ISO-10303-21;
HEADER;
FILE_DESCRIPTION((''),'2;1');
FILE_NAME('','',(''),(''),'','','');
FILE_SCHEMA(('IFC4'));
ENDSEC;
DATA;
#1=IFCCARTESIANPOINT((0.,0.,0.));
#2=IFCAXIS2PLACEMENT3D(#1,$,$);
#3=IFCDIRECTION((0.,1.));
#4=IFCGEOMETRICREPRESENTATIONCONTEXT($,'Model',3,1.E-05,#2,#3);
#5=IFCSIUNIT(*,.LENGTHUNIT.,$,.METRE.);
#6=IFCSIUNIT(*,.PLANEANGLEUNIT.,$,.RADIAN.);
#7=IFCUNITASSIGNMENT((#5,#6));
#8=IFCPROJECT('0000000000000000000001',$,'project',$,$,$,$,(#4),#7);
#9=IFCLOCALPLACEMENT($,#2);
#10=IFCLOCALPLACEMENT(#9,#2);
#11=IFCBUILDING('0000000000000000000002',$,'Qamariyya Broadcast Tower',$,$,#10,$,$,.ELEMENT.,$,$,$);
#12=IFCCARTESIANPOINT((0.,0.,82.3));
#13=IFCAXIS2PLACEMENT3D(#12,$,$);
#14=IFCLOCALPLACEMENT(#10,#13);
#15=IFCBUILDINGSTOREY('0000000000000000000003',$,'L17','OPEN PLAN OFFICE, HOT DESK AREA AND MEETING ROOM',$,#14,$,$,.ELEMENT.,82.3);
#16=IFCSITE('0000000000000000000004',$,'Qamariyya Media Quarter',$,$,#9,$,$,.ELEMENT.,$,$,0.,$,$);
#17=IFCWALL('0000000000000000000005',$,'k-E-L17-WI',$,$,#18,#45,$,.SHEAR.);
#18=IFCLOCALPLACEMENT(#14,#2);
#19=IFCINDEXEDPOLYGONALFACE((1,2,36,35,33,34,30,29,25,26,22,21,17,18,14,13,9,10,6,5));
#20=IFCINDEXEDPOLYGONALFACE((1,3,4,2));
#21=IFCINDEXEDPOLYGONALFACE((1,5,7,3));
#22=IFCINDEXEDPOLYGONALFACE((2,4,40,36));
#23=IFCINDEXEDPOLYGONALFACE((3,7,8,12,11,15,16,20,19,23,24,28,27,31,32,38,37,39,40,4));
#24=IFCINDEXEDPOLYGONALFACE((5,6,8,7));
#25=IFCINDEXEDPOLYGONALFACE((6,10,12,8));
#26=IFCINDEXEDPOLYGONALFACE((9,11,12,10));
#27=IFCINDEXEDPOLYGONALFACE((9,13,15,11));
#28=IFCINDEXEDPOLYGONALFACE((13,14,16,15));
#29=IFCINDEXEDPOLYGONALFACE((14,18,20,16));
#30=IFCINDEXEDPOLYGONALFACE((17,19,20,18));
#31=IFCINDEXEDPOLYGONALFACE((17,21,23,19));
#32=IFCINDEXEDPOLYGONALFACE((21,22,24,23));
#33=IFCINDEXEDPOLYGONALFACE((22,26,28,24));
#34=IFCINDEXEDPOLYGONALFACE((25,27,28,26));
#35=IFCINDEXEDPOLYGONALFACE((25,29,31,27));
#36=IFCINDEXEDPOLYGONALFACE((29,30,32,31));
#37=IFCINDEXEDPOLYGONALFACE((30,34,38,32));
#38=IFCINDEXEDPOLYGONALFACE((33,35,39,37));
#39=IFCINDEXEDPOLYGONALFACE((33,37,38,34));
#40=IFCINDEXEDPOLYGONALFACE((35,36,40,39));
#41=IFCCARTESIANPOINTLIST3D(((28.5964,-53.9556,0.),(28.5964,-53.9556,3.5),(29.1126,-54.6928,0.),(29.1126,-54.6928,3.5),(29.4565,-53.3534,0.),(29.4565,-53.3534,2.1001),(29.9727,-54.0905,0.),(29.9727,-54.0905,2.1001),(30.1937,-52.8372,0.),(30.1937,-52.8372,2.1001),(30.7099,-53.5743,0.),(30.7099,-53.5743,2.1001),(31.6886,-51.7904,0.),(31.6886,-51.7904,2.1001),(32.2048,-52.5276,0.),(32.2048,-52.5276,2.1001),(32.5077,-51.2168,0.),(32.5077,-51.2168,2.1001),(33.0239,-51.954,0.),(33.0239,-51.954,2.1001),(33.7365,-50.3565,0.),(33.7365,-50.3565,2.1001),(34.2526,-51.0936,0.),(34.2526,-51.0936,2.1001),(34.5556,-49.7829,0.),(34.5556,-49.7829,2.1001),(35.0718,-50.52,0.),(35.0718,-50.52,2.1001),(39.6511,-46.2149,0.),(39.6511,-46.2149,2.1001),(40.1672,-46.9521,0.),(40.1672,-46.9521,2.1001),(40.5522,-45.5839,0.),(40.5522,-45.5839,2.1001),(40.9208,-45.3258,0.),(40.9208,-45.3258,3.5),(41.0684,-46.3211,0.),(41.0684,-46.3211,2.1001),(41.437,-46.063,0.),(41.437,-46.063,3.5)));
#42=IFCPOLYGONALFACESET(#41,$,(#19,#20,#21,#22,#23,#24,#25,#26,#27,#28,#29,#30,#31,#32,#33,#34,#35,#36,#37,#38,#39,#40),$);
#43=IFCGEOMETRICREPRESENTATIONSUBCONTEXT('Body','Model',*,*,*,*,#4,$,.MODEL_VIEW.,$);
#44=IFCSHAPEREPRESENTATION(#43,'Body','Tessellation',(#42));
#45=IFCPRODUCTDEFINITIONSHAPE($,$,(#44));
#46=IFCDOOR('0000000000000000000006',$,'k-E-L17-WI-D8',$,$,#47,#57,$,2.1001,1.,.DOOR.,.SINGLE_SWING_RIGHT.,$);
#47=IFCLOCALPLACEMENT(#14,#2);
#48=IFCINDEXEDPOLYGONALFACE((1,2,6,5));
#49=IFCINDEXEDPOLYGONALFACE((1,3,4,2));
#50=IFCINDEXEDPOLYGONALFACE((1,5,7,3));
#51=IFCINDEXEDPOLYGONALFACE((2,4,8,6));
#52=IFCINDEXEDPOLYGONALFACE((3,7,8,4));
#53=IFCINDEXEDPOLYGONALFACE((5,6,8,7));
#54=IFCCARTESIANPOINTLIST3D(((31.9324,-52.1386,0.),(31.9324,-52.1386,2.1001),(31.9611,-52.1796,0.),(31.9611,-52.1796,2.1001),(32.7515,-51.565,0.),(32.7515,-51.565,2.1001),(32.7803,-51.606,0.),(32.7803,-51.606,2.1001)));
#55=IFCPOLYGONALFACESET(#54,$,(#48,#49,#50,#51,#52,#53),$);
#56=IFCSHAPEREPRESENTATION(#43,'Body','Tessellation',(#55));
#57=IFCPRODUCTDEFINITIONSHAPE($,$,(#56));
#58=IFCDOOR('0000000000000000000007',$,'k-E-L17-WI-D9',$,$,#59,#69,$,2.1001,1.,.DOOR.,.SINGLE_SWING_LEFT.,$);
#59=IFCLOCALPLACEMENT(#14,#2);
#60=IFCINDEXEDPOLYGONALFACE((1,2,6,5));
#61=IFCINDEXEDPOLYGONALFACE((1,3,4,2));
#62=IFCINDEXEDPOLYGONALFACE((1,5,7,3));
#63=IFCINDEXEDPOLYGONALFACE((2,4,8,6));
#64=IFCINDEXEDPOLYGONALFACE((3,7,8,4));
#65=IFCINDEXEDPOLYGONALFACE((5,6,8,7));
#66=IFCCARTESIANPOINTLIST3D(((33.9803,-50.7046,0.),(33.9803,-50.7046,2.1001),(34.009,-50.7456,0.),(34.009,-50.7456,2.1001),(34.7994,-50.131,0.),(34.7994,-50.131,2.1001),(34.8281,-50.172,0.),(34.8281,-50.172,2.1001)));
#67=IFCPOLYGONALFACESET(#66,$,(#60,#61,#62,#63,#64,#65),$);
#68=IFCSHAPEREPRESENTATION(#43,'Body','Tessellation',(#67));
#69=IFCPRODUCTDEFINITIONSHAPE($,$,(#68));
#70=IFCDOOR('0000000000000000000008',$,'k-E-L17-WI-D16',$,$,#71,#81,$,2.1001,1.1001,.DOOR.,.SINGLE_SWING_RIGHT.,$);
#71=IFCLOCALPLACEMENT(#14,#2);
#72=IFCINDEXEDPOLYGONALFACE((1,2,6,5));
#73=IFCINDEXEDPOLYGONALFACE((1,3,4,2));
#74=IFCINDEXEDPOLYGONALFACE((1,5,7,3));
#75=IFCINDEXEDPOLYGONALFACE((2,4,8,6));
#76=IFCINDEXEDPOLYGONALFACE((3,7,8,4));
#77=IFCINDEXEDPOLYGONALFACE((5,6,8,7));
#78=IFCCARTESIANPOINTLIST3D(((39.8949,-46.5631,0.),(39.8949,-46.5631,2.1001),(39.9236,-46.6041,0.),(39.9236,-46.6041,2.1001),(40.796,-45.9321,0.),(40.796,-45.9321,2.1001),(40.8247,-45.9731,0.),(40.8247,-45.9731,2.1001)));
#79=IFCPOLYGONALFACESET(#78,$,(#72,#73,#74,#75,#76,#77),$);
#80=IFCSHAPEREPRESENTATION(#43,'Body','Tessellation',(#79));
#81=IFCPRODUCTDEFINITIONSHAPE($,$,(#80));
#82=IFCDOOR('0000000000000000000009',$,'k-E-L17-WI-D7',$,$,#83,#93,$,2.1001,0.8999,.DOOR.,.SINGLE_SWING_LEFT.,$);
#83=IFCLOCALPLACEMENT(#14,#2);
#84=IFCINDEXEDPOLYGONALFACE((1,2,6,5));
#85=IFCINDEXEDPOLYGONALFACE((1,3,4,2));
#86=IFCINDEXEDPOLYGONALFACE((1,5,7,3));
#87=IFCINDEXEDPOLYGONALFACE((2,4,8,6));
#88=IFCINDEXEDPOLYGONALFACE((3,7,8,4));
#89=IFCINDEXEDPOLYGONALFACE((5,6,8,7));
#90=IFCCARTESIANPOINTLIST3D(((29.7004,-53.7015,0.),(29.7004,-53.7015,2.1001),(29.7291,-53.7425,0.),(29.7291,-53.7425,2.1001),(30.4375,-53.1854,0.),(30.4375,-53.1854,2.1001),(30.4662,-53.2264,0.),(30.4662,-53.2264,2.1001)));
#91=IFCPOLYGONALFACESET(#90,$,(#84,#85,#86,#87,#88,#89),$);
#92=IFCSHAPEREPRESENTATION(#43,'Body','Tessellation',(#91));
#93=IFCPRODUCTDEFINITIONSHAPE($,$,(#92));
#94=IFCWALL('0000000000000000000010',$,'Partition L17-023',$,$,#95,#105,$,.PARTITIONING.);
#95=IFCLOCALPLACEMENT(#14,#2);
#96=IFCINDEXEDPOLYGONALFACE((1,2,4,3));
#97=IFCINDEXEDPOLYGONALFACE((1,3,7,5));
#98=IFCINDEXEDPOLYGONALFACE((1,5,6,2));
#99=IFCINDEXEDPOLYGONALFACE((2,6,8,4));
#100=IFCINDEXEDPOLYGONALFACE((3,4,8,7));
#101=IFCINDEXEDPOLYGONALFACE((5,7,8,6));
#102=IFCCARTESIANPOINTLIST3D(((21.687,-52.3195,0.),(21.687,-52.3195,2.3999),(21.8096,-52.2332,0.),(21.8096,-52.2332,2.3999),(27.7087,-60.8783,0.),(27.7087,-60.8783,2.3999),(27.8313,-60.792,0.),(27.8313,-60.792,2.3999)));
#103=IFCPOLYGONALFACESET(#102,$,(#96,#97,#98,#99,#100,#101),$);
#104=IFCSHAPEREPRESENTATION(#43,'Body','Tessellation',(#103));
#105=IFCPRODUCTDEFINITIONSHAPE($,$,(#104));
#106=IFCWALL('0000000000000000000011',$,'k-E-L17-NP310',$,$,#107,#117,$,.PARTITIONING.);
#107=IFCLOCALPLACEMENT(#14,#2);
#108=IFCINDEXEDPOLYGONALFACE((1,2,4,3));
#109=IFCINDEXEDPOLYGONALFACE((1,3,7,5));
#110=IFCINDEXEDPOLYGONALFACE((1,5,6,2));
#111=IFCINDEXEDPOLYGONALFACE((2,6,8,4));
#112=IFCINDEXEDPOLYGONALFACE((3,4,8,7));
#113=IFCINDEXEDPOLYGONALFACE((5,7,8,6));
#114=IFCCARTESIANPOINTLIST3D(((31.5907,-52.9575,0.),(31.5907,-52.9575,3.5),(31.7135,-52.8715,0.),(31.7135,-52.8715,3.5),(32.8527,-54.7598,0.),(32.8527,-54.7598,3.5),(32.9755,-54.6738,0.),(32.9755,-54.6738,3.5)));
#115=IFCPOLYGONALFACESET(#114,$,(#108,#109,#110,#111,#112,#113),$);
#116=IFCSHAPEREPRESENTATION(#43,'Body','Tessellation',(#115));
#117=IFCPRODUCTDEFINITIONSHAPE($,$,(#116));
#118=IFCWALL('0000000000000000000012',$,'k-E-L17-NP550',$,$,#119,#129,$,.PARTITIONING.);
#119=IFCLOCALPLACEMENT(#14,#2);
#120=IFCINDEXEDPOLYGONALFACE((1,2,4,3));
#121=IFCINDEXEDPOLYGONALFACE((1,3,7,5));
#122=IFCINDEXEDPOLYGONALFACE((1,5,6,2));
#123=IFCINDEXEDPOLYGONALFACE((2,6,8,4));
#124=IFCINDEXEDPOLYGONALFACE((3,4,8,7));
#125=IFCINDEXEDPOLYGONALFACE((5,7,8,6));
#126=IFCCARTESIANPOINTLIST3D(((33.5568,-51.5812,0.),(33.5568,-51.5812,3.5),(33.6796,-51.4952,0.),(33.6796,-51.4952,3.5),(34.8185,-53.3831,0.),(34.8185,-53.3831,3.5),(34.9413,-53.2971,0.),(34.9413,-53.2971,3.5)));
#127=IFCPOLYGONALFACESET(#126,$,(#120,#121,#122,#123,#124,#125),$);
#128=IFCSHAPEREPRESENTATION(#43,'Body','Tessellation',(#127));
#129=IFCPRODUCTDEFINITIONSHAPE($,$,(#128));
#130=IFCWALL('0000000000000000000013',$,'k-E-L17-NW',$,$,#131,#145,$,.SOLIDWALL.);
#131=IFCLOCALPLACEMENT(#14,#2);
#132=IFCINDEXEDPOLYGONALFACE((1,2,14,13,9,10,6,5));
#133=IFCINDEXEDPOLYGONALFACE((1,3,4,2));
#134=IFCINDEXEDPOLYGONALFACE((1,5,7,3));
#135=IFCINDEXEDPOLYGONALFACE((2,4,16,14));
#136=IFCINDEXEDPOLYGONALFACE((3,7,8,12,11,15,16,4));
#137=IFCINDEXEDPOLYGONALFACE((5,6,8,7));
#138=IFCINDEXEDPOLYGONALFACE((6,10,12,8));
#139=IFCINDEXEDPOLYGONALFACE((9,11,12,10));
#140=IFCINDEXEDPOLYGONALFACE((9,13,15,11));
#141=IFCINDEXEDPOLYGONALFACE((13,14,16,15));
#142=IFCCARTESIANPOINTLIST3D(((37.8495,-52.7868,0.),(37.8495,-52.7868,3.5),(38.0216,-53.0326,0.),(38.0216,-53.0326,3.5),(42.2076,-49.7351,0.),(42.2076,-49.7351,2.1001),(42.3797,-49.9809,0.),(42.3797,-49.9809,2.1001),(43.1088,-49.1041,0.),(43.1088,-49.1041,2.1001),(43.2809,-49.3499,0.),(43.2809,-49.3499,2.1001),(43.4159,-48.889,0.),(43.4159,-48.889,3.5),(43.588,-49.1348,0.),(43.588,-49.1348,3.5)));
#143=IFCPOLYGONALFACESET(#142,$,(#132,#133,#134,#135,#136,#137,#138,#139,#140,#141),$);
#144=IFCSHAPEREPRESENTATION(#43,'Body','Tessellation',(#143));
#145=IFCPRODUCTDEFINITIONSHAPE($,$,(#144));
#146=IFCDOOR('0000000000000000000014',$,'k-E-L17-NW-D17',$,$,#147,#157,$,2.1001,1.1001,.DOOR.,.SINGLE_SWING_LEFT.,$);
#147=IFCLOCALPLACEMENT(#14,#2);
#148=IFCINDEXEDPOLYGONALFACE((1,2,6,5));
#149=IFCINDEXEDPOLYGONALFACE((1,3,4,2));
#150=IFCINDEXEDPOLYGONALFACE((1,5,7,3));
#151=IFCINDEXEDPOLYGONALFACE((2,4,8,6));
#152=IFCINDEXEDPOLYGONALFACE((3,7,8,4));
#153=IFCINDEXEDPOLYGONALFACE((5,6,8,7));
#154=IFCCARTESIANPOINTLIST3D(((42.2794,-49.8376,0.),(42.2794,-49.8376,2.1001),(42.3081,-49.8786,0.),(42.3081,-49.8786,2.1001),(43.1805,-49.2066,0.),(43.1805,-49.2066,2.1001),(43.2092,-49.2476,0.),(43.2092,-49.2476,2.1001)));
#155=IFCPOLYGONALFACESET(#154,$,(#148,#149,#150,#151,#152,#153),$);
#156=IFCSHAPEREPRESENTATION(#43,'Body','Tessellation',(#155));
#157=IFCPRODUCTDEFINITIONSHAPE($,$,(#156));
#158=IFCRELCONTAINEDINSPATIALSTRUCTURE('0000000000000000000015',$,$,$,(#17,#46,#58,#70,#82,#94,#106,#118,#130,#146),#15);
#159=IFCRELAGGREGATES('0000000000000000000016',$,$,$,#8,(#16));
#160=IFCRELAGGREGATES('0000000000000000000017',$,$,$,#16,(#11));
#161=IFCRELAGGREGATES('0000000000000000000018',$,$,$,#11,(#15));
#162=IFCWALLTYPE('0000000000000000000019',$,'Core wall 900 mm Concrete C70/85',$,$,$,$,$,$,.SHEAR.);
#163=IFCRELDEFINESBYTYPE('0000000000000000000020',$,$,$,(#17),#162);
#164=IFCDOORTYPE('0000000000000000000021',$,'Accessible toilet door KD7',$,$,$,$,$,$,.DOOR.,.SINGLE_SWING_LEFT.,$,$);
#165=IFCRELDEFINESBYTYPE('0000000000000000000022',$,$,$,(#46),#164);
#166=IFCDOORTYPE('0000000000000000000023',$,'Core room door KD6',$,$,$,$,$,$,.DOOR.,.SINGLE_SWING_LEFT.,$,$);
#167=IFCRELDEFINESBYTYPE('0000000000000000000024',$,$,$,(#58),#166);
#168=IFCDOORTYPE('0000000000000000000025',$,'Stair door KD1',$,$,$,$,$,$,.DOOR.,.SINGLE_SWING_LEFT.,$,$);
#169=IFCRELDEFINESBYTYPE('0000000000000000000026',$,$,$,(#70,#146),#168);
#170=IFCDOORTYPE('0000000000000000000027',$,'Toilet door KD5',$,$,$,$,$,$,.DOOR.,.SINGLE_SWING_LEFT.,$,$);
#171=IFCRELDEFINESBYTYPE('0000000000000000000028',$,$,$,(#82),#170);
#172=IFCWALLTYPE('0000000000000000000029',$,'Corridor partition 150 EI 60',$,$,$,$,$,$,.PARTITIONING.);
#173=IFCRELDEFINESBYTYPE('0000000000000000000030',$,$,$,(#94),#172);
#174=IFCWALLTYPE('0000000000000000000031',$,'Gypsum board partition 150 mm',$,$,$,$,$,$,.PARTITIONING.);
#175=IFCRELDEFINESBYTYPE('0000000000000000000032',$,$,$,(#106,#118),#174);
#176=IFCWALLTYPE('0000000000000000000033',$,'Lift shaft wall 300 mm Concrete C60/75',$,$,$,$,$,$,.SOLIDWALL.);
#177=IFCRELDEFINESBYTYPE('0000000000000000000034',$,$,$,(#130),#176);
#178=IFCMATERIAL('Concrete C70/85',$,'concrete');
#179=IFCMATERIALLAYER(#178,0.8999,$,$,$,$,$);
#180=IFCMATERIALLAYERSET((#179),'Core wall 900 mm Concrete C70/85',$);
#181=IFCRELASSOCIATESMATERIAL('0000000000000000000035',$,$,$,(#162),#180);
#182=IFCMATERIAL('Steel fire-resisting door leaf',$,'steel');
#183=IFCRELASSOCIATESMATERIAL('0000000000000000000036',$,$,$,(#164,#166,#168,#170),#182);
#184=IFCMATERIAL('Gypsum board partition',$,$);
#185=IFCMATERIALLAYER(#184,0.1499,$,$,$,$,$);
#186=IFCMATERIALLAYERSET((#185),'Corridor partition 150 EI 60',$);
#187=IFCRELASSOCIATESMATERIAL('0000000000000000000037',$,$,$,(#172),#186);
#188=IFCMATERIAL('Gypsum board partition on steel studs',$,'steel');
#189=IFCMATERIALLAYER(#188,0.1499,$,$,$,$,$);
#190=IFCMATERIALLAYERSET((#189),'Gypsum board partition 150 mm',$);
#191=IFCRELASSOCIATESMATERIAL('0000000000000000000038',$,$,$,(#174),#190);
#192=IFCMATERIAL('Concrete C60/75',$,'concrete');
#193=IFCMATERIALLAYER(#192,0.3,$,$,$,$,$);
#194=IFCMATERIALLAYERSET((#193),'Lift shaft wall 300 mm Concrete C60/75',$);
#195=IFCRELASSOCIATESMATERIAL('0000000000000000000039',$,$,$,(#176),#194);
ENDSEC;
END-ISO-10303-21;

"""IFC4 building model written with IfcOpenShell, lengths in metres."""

from ifc_helpers import new_model, si_unit, direction, frame, frame_2d, origin, place, context, subcontext, project, spatial, rectangle, extrude, material, layer, layer_set, type_object, element, fill, save


model = new_model("IFC4")

# Units and contexts
model_context = context("Model", 3, precision=1e-05, world=origin(), true_north=direction((0.0, 1.0)))
body_context = subcontext(model_context, "Body", "Model", "MODEL_VIEW")
ifc_project = project(units=[si_unit("LENGTHUNIT", "METRE"), si_unit("PLANEANGLEUNIT", "RADIAN")], contexts=[model_context])

# Site, building, storey
site_placement = place(None, origin())
site = spatial("IfcSite", under=ifc_project, at=site_placement, Name="Qamariyya Media Quarter", CompositionType="ELEMENT", RefElevation=0.0)
building_placement = place(site_placement, origin())
building = spatial("IfcBuilding", under=site, at=building_placement, Name="Qamariyya Broadcast Tower", CompositionType="ELEMENT")
storey_placement = place(building_placement, frame((0.0, 0.0, 82.3)))
storey = spatial("IfcBuildingStorey", under=building, at=storey_placement, Name="L17", Description="OPEN PLAN OFFICE, HOT DESK AREA AND MEETING ROOM", CompositionType="ELEMENT", Elevation=82.3)

# Shared definitions
ifc_material_1 = material(Name="Concrete C70/85", Category="concrete")

# Wall, openings, doors
ifc_layer_1 = layer(ifc_material_1, 0.8999)
ifc_layer_set_1 = layer_set([ifc_layer_1], Name="Core wall 900 mm Concrete C70/85")
wall_type_1 = type_object("IfcWallType", Name="Core wall 900 mm Concrete C70/85", PredefinedType="SHEAR", material=ifc_layer_set_1)
wall_1_placement = place(storey_placement, frame((28.8545, -54.3242, 0.0), z_axis=(0.0, 0.0, 1.0), x_axis=(0.819146, 0.573585, 0.0)))
wall_1 = element("IfcWall", 1, at=wall_1_placement, inside=storey, type_object=wall_type_1, Name="k-E-L17-WI", PredefinedType="SHEAR", context=body_context, shape_type="SweptSolid", body=[
    extrude(rectangle(XDim=15.0454, YDim=0.8999, at=frame_2d((7.5227, 0.0))), origin(), (0.0, 0.0, 1.0), 3.5),
])
opening_1_placement = place(wall_1_placement, frame((1.05, 0.0, 0.0)))
opening_1 = element("IfcOpeningElement", 2, at=opening_1_placement, cuts=wall_1, PredefinedType="OPENING", context=body_context, shape_type="SweptSolid", body=[
    extrude(rectangle(XDim=0.8999, YDim=2.1001, at=frame_2d((0.45, 1.05))), frame((0.0, 0.46, 0.0), z_axis=(0.0, -1.0, 0.0), x_axis=(1.0, 0.0, 0.0)), (0.0, 0.0, 1.0), 0.9199),
])
opening_2_placement = place(wall_1_placement, frame((3.7749, 0.0, 0.0)))
opening_2 = element("IfcOpeningElement", 3, at=opening_2_placement, cuts=wall_1, PredefinedType="OPENING", context=body_context, shape_type="SweptSolid", body=[
    extrude(rectangle(XDim=1.0, YDim=2.1001, at=frame_2d((0.5, 1.05))), frame((0.0, 0.46, 0.0), z_axis=(0.0, -1.0, 0.0), x_axis=(1.0, 0.0, 0.0)), (0.0, 0.0, 1.0), 0.9199),
])
opening_3_placement = place(wall_1_placement, frame((6.2749, 0.0, 0.0)))
opening_3 = element("IfcOpeningElement", 4, at=opening_3_placement, cuts=wall_1, PredefinedType="OPENING", context=body_context, shape_type="SweptSolid", body=[
    extrude(rectangle(XDim=1.0, YDim=2.1001, at=frame_2d((0.5, 1.05))), frame((0.0, 0.46, 0.0), z_axis=(0.0, -1.0, 0.0), x_axis=(1.0, 0.0, 0.0)), (0.0, 0.0, 1.0), 0.9199),
])
opening_4_placement = place(wall_1_placement, frame((13.4954, 0.0, 0.0)))
opening_4 = element("IfcOpeningElement", 5, at=opening_4_placement, cuts=wall_1, PredefinedType="OPENING", context=body_context, shape_type="SweptSolid", body=[
    extrude(rectangle(XDim=1.1001, YDim=2.1001, at=frame_2d((0.55, 1.05))), frame((0.0, 0.46, 0.0), z_axis=(0.0, -1.0, 0.0), x_axis=(1.0, 0.0, 0.0)), (0.0, 0.0, 1.0), 0.9199),
])
ifc_material_2 = material(Name="Steel fire-resisting door leaf", Category="steel")
door_type_1 = type_object("IfcDoorType", Name="Accessible toilet door KD7", OperationType="SINGLE_SWING_LEFT", PredefinedType="DOOR", material=ifc_material_2)
door_1_placement = place(opening_2_placement, origin())
door_1 = element("IfcDoor", 6, at=door_1_placement, inside=storey, type_object=door_type_1, Name="k-E-L17-WI-D8", OperationType="SINGLE_SWING_RIGHT", OverallHeight=2.1001, OverallWidth=1.0, PredefinedType="DOOR", context=body_context, shape_type="SweptSolid", body=[
    extrude(rectangle(XDim=1.0, YDim=2.1001, at=frame_2d((0.5, 1.05))), frame((0.0, 0.0249, 0.0), z_axis=(0.0, -1.0, 0.0), x_axis=(1.0, 0.0, 0.0)), (0.0, 0.0, 1.0), 0.05),
])
fill(opening_2, door_1)
door_type_2 = type_object("IfcDoorType", Name="Core room door KD6", OperationType="SINGLE_SWING_LEFT", PredefinedType="DOOR", material=ifc_material_2)
door_2_placement = place(opening_3_placement, origin())
door_2 = element("IfcDoor", 7, at=door_2_placement, inside=storey, type_object=door_type_2, Name="k-E-L17-WI-D9", OperationType="SINGLE_SWING_LEFT", OverallHeight=2.1001, OverallWidth=1.0, PredefinedType="DOOR", context=body_context, shape_type="SweptSolid", body=[
    extrude(rectangle(XDim=1.0, YDim=2.1001, at=frame_2d((0.5, 1.05))), frame((0.0, 0.0249, 0.0), z_axis=(0.0, -1.0, 0.0), x_axis=(1.0, 0.0, 0.0)), (0.0, 0.0, 1.0), 0.05),
])
fill(opening_3, door_2)
door_type_3 = type_object("IfcDoorType", Name="Stair door KD1", OperationType="SINGLE_SWING_LEFT", PredefinedType="DOOR", material=ifc_material_2)
door_3_placement = place(opening_4_placement, origin())
door_3 = element("IfcDoor", 8, at=door_3_placement, inside=storey, type_object=door_type_3, Name="k-E-L17-WI-D16", OperationType="SINGLE_SWING_RIGHT", OverallHeight=2.1001, OverallWidth=1.1001, PredefinedType="DOOR", context=body_context, shape_type="SweptSolid", body=[
    extrude(rectangle(XDim=1.1001, YDim=2.1001, at=frame_2d((0.55, 1.05))), frame((0.0, 0.0249, 0.0), z_axis=(0.0, -1.0, 0.0), x_axis=(1.0, 0.0, 0.0)), (0.0, 0.0, 1.0), 0.05),
])
fill(opening_4, door_3)
door_type_4 = type_object("IfcDoorType", Name="Toilet door KD5", OperationType="SINGLE_SWING_LEFT", PredefinedType="DOOR", material=ifc_material_2)
door_4_placement = place(opening_1_placement, origin())
door_4 = element("IfcDoor", 9, at=door_4_placement, inside=storey, type_object=door_type_4, Name="k-E-L17-WI-D7", OperationType="SINGLE_SWING_LEFT", OverallHeight=2.1001, OverallWidth=0.8999, PredefinedType="DOOR", context=body_context, shape_type="SweptSolid", body=[
    extrude(rectangle(XDim=0.8999, YDim=2.1001, at=frame_2d((0.45, 1.05))), frame((0.0, 0.0249, 0.0), z_axis=(0.0, -1.0, 0.0), x_axis=(1.0, 0.0, 0.0)), (0.0, 0.0, 1.0), 0.05),
])
fill(opening_1, door_4)

# Walls
ifc_material_3 = material(Name="Gypsum board partition")
ifc_layer_2 = layer(ifc_material_3, 0.1499)
ifc_layer_set_2 = layer_set([ifc_layer_2], Name="Corridor partition 150 EI 60")
wall_type_2 = type_object("IfcWallType", Name="Corridor partition 150 EI 60", PredefinedType="PARTITIONING", material=ifc_layer_set_2)
wall_2_placement = place(storey_placement, frame((21.7483, -52.2764, 0.0), z_axis=(0.0, 0.0, 1.0), x_axis=(0.575419, -0.817858, 0.0)))
element("IfcWall", 10, at=wall_2_placement, inside=storey, type_object=wall_type_2, Name="Partition L17-023", PredefinedType="PARTITIONING", context=body_context, shape_type="SweptSolid", body=[
    extrude(rectangle(XDim=10.4648, YDim=0.1499, at=frame_2d((5.2324, 0.0))), origin(), (0.0, 0.0, 1.0), 2.3999),
])
ifc_material_4 = material(Name="Gypsum board partition on steel studs", Category="steel")
ifc_layer_3 = layer(ifc_material_4, 0.1499)
ifc_layer_set_3 = layer_set([ifc_layer_3], Name="Gypsum board partition 150 mm")
wall_type_3 = type_object("IfcWallType", Name="Gypsum board partition 150 mm", PredefinedType="PARTITIONING", material=ifc_layer_set_3)
wall_3_placement = place(storey_placement, frame((32.9141, -54.7168, 0.0), z_axis=(0.0, 0.0, 1.0), x_axis=(-0.573581, 0.819149, 0.0)))
element("IfcWall", 11, at=wall_3_placement, inside=storey, type_object=wall_type_3, Name="k-E-L17-NP310", PredefinedType="PARTITIONING", context=body_context, shape_type="SweptSolid", body=[
    extrude(rectangle(XDim=2.2002, YDim=0.1499, at=frame_2d((1.1001, 0.0))), origin(), (0.0, 0.0, 1.0), 3.5),
])
wall_4_placement = place(storey_placement, frame((34.8799, -53.3401, 0.0), z_axis=(0.0, 0.0, 1.0), x_axis=(-0.573559, 0.819164, 0.0)))
element("IfcWall", 12, at=wall_4_placement, inside=storey, type_object=wall_type_3, Name="k-E-L17-NP550", PredefinedType="PARTITIONING", context=body_context, shape_type="SweptSolid", body=[
    extrude(rectangle(XDim=2.1997, YDim=0.1499, at=frame_2d((1.0999, 0.0))), origin(), (0.0, 0.0, 1.0), 3.5),
])

# Wall, opening, door
ifc_material_5 = material(Name="Concrete C60/75", Category="concrete")
ifc_layer_4 = layer(ifc_material_5, 0.3)
ifc_layer_set_4 = layer_set([ifc_layer_4], Name="Lift shaft wall 300 mm Concrete C60/75")
wall_type_4 = type_object("IfcWallType", Name="Lift shaft wall 300 mm Concrete C60/75", PredefinedType="SOLIDWALL", material=ifc_layer_set_4)
wall_5_placement = place(storey_placement, frame((37.9355, -52.9097, 0.0), z_axis=(0.0, 0.0, 1.0), x_axis=(0.819148, 0.573583, 0.0)))
wall_5 = element("IfcWall", 13, at=wall_5_placement, inside=storey, type_object=wall_type_4, Name="k-E-L17-NW", PredefinedType="SOLIDWALL", context=body_context, shape_type="SweptSolid", body=[
    extrude(rectangle(XDim=6.7954, YDim=0.3, at=frame_2d((3.3977, 0.0))), origin(), (0.0, 0.0, 1.0), 3.5),
])
opening_5_placement = place(wall_5_placement, frame((5.3203, 0.0, 0.0)))
opening_5 = element("IfcOpeningElement", 14, at=opening_5_placement, cuts=wall_5, PredefinedType="OPENING", context=body_context, shape_type="SweptSolid", body=[
    extrude(rectangle(XDim=1.1001, YDim=2.1001, at=frame_2d((0.55, 1.05))), frame((0.0, 0.1599, 0.0), z_axis=(0.0, -1.0, 0.0), x_axis=(1.0, 0.0, 0.0)), (0.0, 0.0, 1.0), 0.3201),
])
door_5_placement = place(opening_5_placement, origin())
door_5 = element("IfcDoor", 15, at=door_5_placement, inside=storey, type_object=door_type_3, Name="k-E-L17-NW-D17", OperationType="SINGLE_SWING_LEFT", OverallHeight=2.1001, OverallWidth=1.1001, PredefinedType="DOOR", context=body_context, shape_type="SweptSolid", body=[
    extrude(rectangle(XDim=1.1001, YDim=2.1001, at=frame_2d((0.55, 1.05))), frame((0.0, 0.0249, 0.0), z_axis=(0.0, -1.0, 0.0), x_axis=(1.0, 0.0, 0.0)), (0.0, 0.0, 1.0), 0.05),
])
fill(opening_5, door_5)

save(model, "model.ifc")
